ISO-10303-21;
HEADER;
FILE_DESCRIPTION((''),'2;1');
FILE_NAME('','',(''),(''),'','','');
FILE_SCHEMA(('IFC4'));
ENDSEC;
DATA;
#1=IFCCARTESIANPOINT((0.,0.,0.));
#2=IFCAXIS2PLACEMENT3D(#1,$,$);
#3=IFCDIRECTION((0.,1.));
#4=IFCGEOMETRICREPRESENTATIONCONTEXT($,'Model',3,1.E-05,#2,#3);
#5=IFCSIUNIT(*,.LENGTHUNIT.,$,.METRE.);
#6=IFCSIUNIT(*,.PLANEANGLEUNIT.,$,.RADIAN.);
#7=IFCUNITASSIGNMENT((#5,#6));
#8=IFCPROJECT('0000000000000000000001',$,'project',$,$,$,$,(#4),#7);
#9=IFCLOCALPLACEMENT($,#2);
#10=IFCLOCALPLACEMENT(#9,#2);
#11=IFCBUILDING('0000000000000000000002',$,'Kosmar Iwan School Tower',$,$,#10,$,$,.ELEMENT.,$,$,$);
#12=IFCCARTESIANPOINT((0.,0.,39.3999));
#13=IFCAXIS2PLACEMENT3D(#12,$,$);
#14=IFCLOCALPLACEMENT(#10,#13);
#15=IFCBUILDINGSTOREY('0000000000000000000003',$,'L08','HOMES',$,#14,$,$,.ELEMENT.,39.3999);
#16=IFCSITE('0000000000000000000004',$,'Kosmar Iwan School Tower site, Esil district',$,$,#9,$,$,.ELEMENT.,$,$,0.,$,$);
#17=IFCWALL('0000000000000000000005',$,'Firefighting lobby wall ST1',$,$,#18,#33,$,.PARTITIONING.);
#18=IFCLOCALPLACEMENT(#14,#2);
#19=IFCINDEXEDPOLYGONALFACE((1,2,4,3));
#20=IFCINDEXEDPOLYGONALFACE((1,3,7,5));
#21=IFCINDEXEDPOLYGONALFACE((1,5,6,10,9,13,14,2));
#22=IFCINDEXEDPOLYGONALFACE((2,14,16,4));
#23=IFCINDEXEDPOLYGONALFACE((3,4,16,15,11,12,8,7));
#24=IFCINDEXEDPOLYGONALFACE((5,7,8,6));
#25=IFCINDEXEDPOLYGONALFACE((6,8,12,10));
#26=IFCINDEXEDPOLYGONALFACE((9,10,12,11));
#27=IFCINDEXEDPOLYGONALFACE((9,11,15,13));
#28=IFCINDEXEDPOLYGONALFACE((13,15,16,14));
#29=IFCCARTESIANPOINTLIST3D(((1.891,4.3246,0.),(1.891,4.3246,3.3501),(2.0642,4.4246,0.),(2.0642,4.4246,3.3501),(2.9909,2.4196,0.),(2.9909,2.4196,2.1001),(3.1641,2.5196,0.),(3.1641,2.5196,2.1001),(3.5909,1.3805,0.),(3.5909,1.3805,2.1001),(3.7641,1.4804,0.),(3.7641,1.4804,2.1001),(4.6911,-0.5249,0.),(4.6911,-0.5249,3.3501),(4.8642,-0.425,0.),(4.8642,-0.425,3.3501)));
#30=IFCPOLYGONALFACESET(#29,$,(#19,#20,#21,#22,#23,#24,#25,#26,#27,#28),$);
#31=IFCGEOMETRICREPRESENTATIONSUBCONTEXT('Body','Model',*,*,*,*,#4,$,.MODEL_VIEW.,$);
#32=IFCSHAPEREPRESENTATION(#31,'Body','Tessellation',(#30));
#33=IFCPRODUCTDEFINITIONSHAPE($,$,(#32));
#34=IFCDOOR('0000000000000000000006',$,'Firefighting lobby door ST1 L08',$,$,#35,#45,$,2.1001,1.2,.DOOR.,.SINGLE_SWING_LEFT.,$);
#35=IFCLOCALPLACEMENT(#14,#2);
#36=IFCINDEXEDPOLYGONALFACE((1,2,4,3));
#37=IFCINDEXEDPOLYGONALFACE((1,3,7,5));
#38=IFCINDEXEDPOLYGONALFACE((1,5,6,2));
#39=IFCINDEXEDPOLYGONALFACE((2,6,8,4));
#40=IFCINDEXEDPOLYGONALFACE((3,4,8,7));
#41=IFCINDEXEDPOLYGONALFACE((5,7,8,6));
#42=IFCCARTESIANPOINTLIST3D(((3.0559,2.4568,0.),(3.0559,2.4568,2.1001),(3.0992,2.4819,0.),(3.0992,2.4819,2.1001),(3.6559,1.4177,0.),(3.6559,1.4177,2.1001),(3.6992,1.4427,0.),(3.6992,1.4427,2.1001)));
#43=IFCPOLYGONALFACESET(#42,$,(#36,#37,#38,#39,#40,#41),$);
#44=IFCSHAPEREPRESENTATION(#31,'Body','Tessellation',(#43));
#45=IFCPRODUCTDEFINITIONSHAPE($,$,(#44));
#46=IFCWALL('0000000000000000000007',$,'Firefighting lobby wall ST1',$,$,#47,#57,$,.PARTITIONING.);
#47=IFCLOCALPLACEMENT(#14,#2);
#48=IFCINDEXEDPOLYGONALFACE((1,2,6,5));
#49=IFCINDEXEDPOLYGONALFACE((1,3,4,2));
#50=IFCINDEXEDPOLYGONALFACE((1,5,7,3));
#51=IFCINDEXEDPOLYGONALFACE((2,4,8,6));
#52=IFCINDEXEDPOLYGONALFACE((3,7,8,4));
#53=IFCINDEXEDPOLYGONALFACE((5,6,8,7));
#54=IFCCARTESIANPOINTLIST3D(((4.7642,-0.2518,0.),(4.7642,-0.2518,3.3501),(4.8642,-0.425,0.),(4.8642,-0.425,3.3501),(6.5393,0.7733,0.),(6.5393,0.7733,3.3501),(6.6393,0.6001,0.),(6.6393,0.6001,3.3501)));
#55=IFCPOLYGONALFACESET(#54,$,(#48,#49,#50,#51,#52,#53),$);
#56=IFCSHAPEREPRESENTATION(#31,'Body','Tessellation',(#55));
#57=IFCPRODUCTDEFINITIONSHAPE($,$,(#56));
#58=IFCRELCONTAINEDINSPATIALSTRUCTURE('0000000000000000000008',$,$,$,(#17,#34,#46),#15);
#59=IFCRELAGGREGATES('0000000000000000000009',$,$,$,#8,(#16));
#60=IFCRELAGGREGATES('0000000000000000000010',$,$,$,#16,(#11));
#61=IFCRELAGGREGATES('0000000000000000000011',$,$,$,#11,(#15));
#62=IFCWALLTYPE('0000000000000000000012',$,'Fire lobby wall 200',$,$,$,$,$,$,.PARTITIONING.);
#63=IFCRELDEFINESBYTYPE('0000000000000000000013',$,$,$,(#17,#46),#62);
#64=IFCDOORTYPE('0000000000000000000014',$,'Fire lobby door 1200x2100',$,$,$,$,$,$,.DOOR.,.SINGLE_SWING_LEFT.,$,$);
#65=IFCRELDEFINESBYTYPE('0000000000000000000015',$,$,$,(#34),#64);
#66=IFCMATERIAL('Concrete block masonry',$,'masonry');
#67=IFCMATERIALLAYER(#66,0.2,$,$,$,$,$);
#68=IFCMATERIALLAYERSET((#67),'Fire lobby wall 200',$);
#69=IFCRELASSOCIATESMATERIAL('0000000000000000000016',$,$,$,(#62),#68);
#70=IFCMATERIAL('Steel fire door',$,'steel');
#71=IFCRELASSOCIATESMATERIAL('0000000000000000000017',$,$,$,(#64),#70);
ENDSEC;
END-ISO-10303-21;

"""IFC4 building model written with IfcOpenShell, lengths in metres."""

from ifc_helpers import new_model, si_unit, direction, frame, frame_2d, origin, place, context, subcontext, project, spatial, rectangle, extrude, material, layer, layer_set, type_object, element, fill, save


model = new_model("IFC4")

# Units and contexts
model_context = context("Model", 3, precision=1e-05, world=origin(), true_north=direction((0.0, 1.0)))
body_context = subcontext(model_context, "Body", "Model", "MODEL_VIEW")
ifc_project = project(units=[si_unit("LENGTHUNIT", "METRE"), si_unit("PLANEANGLEUNIT", "RADIAN")], contexts=[model_context])

# Site, building, storey
site_placement = place(None, origin())
site = spatial("IfcSite", under=ifc_project, at=site_placement, Name="Kosmar Iwan School Tower site, Esil district", CompositionType="ELEMENT", RefElevation=0.0)
building_placement = place(site_placement, origin())
building = spatial("IfcBuilding", under=site, at=building_placement, Name="Kosmar Iwan School Tower", CompositionType="ELEMENT")
storey_placement = place(building_placement, frame((0.0, 0.0, 39.3999)))
storey = spatial("IfcBuildingStorey", under=building, at=storey_placement, Name="L08", Description="HOMES", CompositionType="ELEMENT", Elevation=39.3999)

# Wall, opening, door
ifc_material_1 = material(Name="Concrete block masonry", Category="masonry")
ifc_layer_1 = layer(ifc_material_1, 0.2)
ifc_layer_set_1 = layer_set([ifc_layer_1], Name="Fire lobby wall 200")
wall_type_1 = type_object("IfcWallType", Name="Fire lobby wall 200", PredefinedType="PARTITIONING", material=ifc_layer_set_1)
wall_1_placement = place(storey_placement, frame((4.7776, -0.4749, 0.0), z_axis=(0.0, 0.0, 1.0), x_axis=(-0.500017, 0.866016, 0.0)))
wall_1 = element("IfcWall", 1, at=wall_1_placement, inside=storey, type_object=wall_type_1, Name="Firefighting lobby wall ST1", PredefinedType="PARTITIONING", context=body_context, shape_type="SweptSolid", body=[
    extrude(rectangle(XDim=5.5999, YDim=0.2, at=frame_2d((2.7998, 0.0))), origin(), (0.0, 0.0, 1.0), 3.3501),
])
opening_placement = place(wall_1_placement, frame((2.2, 0.0, 0.0)))
opening = element("IfcOpeningElement", 2, at=opening_placement, cuts=wall_1, PredefinedType="OPENING", context=body_context, shape_type="SweptSolid", body=[
    extrude(rectangle(XDim=1.2, YDim=2.1001, at=frame_2d((0.6001, 1.05))), frame((0.0, 0.1121, 0.0), z_axis=(0.0, -1.0, 0.0), x_axis=(1.0, 0.0, 0.0)), (0.0, 0.0, 1.0), 0.2239),
])
ifc_material_2 = material(Name="Steel fire door", Category="steel")
door_type = type_object("IfcDoorType", Name="Fire lobby door 1200x2100", OperationType="SINGLE_SWING_LEFT", PredefinedType="DOOR", material=ifc_material_2)
door_placement = place(opening_placement, frame((1.2, 0.0, 0.0), z_axis=(0.0, 0.0, 1.0), x_axis=(-1.0, 0.0, 0.0)))
door = element("IfcDoor", 3, at=door_placement, inside=storey, type_object=door_type, Name="Firefighting lobby door ST1 L08", OperationType="SINGLE_SWING_LEFT", OverallHeight=2.1001, OverallWidth=1.2, PredefinedType="DOOR", context=body_context, shape_type="SweptSolid", body=[
    extrude(rectangle(XDim=1.2, YDim=2.1001, at=frame_2d((0.6001, 1.05))), frame((0.0, 0.0249, 0.0), z_axis=(0.0, -1.0, 0.0), x_axis=(1.0, 0.0, 0.0)), (0.0, 0.0, 1.0), 0.05),
])
fill(opening, door)

# Wall
wall_2_placement = place(storey_placement, frame((4.8142, -0.3384, 0.0), z_axis=(0.0, 0.0, 1.0), x_axis=(0.865969, 0.500097, 0.0)))
element("IfcWall", 4, at=wall_2_placement, inside=storey, type_object=wall_type_1, Name="Firefighting lobby wall ST1", PredefinedType="PARTITIONING", context=body_context, shape_type="SweptSolid", body=[
    extrude(rectangle(XDim=2.0498, YDim=0.2, at=frame_2d((1.0249, 0.0))), origin(), (0.0, 0.0, 1.0), 3.3501),
])

save(model, "model.ifc")
